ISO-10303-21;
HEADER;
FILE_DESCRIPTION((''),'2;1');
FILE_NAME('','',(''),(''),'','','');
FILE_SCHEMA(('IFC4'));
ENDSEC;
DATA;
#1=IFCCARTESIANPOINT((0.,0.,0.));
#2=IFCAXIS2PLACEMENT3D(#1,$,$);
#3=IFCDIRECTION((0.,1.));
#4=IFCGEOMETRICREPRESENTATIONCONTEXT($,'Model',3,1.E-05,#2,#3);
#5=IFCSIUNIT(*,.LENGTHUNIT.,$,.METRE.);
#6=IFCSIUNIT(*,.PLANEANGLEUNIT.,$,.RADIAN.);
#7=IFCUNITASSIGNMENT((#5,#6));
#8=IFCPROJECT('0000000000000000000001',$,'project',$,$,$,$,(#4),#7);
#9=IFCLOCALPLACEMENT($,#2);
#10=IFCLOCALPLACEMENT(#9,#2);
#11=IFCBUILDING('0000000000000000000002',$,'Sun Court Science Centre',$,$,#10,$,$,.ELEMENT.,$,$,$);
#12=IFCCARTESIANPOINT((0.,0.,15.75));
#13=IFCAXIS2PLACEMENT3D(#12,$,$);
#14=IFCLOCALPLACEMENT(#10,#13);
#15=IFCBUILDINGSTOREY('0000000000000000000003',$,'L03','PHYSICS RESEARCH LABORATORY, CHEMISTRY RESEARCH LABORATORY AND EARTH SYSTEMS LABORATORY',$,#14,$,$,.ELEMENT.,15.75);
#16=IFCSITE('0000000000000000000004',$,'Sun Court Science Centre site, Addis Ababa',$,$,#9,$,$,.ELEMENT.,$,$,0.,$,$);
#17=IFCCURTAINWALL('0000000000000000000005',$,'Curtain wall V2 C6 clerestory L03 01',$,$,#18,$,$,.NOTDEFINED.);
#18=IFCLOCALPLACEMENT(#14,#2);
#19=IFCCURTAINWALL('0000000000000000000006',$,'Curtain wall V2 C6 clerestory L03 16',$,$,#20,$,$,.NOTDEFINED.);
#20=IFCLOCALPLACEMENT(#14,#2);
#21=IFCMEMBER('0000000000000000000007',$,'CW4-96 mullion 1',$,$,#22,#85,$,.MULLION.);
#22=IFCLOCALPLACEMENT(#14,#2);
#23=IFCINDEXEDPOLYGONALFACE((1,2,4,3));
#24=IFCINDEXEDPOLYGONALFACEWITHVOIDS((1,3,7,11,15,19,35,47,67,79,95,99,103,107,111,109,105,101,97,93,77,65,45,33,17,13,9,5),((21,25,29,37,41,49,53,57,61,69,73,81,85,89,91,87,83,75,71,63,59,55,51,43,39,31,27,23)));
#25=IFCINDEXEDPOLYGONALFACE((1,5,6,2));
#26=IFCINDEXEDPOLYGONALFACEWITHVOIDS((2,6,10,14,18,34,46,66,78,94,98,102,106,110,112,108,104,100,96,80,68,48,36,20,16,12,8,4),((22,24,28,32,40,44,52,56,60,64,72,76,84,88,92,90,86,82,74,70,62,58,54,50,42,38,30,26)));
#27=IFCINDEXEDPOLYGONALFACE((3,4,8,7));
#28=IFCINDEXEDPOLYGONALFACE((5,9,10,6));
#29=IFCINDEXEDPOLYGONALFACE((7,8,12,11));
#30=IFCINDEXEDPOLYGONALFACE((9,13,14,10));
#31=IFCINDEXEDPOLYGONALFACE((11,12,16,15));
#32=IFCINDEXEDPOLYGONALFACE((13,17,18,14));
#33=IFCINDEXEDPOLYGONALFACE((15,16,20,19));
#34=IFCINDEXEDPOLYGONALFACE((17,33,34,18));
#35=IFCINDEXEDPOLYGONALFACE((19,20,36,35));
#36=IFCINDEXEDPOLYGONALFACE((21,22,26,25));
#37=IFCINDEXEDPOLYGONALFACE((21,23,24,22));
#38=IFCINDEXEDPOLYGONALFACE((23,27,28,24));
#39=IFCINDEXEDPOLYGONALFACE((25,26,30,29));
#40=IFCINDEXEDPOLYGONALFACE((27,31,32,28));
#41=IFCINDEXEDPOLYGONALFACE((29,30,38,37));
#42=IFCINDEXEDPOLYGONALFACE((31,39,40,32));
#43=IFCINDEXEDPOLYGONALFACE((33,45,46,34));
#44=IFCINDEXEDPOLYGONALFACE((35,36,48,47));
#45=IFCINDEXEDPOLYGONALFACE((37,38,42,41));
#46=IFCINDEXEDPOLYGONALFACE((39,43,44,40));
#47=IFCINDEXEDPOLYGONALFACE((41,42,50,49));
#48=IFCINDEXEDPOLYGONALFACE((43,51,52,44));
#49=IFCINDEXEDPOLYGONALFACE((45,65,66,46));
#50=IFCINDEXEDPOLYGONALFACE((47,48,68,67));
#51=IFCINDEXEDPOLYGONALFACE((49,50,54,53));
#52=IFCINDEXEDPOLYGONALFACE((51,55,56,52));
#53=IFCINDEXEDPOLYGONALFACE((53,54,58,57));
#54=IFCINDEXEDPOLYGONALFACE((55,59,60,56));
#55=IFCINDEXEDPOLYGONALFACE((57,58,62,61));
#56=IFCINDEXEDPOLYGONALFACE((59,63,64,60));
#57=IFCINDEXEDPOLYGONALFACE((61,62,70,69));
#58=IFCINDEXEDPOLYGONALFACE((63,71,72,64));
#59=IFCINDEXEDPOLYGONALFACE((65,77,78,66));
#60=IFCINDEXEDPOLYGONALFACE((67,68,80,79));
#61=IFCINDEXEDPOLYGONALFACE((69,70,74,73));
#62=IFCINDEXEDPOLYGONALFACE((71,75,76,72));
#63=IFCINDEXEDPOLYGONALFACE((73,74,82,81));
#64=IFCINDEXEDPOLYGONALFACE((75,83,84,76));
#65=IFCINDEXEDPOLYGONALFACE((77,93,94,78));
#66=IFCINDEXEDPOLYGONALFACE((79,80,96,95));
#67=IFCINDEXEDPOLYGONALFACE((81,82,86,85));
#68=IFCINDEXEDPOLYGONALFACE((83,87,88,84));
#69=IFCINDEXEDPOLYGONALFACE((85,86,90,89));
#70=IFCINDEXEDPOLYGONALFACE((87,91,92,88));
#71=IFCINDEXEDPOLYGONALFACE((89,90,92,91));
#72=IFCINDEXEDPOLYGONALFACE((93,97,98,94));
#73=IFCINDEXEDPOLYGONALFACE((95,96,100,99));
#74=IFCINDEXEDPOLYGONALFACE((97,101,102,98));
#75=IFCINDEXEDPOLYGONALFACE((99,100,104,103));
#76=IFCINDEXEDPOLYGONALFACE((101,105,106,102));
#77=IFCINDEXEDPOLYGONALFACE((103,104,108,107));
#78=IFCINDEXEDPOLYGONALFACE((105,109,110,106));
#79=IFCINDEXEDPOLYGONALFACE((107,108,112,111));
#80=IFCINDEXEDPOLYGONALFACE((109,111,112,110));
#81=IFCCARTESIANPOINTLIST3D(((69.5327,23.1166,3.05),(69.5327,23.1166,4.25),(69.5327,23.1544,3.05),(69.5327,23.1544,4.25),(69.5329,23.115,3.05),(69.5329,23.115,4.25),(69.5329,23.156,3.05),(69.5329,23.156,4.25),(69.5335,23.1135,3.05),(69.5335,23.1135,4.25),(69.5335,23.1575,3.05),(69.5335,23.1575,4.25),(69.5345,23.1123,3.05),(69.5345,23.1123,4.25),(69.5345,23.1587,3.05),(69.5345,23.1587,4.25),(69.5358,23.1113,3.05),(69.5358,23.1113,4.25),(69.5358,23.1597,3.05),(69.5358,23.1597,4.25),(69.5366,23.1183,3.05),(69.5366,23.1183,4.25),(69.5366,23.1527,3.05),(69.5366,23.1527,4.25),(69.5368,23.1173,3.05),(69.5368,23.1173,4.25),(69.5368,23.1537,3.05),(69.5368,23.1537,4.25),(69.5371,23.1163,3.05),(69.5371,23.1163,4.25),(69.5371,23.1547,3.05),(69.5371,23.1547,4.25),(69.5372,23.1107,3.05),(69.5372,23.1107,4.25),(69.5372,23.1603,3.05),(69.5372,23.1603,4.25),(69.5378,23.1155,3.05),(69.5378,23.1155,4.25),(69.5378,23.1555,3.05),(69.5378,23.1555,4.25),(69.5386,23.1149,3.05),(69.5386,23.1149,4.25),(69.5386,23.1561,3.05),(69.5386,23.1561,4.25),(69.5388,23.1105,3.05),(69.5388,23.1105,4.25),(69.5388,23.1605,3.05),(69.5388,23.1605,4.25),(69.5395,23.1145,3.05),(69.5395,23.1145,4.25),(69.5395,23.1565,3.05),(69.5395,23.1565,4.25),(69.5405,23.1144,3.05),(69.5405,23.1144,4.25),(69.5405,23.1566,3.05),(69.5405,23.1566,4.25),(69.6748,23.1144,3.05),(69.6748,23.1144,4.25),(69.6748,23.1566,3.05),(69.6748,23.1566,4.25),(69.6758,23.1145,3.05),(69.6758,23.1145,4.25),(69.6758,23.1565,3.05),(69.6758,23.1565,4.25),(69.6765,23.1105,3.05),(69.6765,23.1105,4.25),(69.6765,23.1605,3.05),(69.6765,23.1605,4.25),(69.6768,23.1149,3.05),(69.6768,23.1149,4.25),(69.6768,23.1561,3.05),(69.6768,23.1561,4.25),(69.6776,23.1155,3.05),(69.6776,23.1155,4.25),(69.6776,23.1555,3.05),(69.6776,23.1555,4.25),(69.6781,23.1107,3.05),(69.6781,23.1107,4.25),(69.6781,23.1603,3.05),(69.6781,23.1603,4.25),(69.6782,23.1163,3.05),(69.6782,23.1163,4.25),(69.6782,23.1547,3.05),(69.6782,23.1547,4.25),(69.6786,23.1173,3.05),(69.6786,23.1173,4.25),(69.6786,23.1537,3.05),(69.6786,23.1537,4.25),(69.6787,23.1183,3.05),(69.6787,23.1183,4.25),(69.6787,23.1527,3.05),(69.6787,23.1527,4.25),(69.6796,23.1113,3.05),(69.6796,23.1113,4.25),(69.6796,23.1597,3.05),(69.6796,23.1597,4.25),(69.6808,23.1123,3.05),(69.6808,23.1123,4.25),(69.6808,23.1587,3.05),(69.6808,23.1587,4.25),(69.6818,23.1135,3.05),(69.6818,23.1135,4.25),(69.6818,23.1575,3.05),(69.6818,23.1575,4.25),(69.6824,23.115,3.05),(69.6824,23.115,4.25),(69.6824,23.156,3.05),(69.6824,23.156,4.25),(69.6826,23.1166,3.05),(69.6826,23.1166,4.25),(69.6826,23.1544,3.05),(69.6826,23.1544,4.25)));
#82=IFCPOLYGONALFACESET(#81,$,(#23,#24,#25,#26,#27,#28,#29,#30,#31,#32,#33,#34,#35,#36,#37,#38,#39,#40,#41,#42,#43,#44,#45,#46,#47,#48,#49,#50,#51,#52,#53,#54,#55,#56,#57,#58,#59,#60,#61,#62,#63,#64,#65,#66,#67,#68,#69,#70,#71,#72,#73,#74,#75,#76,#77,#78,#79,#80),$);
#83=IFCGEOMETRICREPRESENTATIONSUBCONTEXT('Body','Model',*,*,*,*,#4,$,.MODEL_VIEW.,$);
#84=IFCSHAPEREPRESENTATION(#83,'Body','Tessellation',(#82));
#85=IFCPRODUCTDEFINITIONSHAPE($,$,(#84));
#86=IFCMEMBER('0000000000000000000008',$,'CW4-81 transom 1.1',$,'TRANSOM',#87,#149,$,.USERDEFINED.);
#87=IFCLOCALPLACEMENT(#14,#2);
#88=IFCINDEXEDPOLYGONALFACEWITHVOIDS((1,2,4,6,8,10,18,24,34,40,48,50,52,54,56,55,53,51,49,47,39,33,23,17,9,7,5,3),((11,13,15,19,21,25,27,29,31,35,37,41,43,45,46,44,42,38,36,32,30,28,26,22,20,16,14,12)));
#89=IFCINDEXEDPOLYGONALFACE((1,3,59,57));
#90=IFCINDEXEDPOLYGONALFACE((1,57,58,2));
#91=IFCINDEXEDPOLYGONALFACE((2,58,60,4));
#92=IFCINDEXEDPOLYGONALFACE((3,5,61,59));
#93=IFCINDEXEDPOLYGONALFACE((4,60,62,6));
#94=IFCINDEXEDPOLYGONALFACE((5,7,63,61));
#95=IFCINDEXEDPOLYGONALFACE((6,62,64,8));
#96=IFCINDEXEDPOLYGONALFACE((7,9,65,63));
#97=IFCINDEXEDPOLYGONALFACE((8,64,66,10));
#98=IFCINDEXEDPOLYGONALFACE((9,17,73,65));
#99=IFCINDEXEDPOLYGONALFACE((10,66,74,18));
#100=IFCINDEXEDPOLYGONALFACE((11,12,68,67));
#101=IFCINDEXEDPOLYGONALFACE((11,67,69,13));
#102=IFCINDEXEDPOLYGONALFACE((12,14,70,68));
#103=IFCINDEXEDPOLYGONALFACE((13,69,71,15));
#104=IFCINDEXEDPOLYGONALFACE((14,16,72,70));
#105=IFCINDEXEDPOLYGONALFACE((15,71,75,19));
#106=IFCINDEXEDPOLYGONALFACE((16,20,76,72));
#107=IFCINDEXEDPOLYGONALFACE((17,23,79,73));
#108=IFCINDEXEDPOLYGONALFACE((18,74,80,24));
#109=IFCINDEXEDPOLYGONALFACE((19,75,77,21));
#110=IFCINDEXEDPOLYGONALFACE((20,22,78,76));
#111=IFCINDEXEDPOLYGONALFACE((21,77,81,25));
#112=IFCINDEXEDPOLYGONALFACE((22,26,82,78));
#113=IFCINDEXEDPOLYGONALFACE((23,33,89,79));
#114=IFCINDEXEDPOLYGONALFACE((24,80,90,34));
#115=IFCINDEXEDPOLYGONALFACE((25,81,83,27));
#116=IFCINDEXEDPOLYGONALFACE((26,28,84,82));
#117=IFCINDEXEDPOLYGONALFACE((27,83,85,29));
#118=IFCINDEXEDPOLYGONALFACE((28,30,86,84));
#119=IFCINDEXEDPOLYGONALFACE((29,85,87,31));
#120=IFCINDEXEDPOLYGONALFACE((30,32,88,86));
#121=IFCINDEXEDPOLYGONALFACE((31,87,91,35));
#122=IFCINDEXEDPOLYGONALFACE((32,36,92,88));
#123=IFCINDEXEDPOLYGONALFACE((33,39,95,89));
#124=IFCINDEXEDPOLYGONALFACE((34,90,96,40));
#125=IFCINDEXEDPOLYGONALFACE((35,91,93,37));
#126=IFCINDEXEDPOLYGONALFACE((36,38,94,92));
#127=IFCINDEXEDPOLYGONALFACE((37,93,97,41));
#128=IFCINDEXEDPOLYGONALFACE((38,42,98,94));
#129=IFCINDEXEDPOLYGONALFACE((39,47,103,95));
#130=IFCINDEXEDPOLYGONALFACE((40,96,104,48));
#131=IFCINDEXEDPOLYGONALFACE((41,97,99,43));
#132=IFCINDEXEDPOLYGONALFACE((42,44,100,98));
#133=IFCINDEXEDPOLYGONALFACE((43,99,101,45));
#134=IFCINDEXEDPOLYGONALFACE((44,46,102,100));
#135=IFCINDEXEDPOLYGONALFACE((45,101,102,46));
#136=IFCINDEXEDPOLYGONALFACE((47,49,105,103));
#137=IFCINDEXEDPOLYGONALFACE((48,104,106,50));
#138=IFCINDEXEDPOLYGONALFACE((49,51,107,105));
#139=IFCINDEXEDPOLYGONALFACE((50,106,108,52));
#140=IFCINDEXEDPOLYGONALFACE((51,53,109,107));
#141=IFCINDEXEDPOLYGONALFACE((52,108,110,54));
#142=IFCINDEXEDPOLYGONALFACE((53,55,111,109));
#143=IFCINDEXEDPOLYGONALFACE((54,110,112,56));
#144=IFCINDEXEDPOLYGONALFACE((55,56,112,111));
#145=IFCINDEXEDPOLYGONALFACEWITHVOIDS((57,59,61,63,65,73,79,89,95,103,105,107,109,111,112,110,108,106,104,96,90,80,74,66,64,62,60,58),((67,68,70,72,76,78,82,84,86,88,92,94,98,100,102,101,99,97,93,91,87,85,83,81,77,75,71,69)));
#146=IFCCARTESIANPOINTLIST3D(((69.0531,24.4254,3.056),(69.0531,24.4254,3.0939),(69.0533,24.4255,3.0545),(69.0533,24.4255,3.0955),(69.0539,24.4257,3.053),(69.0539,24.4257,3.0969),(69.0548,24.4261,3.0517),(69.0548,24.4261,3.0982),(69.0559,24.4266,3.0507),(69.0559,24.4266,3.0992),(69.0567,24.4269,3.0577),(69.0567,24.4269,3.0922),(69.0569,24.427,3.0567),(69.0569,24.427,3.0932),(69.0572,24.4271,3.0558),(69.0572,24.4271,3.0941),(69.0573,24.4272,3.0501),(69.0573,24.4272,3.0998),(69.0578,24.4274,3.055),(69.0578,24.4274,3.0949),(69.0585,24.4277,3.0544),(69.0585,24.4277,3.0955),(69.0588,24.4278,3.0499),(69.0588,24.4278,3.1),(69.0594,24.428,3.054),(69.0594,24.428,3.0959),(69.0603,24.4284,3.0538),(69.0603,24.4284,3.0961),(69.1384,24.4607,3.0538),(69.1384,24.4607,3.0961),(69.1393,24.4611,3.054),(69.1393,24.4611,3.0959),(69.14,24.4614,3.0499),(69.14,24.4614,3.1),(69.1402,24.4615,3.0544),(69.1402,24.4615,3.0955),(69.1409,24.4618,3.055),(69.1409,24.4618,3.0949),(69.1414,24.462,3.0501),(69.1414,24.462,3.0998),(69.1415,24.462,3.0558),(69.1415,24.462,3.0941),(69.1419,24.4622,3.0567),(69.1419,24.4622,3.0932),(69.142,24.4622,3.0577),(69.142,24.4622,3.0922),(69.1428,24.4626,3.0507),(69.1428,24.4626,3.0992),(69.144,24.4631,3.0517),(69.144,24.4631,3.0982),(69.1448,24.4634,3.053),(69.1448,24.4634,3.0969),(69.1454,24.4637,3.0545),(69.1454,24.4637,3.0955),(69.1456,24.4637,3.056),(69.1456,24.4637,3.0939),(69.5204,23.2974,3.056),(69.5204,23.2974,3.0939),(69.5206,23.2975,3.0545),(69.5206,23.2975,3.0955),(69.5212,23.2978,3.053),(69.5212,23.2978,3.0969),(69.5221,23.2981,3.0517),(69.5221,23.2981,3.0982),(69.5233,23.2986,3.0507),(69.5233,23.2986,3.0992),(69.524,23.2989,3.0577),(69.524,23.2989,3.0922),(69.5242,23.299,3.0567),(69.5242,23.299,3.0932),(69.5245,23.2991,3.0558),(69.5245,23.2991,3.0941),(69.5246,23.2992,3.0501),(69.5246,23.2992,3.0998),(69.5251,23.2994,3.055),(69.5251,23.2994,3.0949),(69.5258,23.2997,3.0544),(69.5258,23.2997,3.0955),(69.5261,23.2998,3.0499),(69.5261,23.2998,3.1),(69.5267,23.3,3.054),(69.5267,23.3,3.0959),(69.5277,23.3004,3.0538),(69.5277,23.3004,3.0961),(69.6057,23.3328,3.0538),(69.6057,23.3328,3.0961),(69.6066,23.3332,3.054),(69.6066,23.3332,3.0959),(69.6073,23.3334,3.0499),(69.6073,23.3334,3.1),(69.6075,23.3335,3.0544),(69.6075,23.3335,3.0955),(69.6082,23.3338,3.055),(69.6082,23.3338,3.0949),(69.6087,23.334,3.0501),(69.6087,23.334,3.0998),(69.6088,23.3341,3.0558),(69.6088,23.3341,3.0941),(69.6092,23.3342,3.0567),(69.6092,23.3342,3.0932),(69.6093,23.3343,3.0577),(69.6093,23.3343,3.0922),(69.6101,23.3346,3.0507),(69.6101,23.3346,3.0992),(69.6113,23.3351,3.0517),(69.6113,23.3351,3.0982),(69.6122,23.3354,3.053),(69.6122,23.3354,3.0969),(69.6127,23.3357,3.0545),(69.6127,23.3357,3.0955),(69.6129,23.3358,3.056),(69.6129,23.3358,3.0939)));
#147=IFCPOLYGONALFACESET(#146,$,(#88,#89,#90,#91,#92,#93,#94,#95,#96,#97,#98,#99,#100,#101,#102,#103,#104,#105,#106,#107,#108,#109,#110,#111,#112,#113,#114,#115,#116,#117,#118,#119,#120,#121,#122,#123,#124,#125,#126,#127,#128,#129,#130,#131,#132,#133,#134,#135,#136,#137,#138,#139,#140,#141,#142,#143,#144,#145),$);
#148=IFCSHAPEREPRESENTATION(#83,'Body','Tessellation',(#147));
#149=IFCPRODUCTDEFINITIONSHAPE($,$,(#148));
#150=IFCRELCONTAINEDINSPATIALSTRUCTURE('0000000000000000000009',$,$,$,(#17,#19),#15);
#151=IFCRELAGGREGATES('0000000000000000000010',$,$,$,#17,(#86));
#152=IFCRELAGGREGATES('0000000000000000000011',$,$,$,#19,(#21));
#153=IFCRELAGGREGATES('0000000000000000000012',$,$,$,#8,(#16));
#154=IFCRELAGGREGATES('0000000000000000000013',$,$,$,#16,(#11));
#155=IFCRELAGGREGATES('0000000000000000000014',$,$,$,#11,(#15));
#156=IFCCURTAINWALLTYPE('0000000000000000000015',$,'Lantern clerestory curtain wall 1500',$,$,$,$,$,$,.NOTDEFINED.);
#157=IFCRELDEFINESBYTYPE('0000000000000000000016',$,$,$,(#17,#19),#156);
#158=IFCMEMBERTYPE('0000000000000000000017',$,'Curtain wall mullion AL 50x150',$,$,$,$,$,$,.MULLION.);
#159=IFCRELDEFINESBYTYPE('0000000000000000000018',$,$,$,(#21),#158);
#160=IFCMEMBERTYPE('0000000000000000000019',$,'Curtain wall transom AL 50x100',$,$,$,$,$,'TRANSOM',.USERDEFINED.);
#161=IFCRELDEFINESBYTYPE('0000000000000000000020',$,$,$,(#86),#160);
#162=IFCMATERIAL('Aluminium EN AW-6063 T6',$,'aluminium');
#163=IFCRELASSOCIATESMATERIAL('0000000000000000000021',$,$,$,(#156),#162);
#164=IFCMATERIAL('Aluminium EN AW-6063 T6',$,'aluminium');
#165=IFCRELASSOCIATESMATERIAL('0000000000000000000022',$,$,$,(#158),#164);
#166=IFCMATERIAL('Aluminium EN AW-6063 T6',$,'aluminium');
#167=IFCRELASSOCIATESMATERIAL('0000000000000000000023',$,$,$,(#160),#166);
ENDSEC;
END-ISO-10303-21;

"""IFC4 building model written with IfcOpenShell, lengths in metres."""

from ifc_helpers import new_model, si_unit, direction, frame, origin, origin_2d, place, context, subcontext, project, spatial, hollow_rectangle, extrude, material, material_profile, profile_set, type_object, element, aggregate, save


model = new_model("IFC4")

# Units and contexts
model_context = context("Model", 3, precision=1e-05, world=origin(), true_north=direction((0.0, 1.0)))
body_context = subcontext(model_context, "Body", "Model", "MODEL_VIEW")
ifc_project = project(units=[si_unit("LENGTHUNIT", "METRE"), si_unit("PLANEANGLEUNIT", "RADIAN")], contexts=[model_context])

# Site, building, storey
site_placement = place(None, origin())
site = spatial("IfcSite", under=ifc_project, at=site_placement, Name="Sun Court Science Centre site, Addis Ababa", CompositionType="ELEMENT", RefElevation=0.0)
building_placement = place(site_placement, origin())
building = spatial("IfcBuilding", under=site, at=building_placement, Name="Sun Court Science Centre", CompositionType="ELEMENT")
storey_placement = place(building_placement, frame((0.0, 0.0, 15.75)))
storey = spatial("IfcBuildingStorey", under=building, at=storey_placement, Name="L03", Description="PHYSICS RESEARCH LABORATORY, CHEMISTRY RESEARCH LABORATORY AND EARTH SYSTEMS LABORATORY", CompositionType="ELEMENT", Elevation=15.75)

# Curtain wall
ifc_material_1 = material(Name="Aluminium EN AW-6063 T6", Category="aluminium")
curtain_wall_type = type_object("IfcCurtainWallType", Name="Lantern clerestory curtain wall 1500", PredefinedType="NOTDEFINED", material=ifc_material_1)
curtain_wall_1_placement = place(storey_placement, origin())
curtain_wall_1 = element("IfcCurtainWall", 1, at=curtain_wall_1_placement, inside=storey, type_object=curtain_wall_type, Name="Curtain wall V2 C6 clerestory L03 01", PredefinedType="NOTDEFINED")
ifc_material_2 = material(Name="Aluminium EN AW-6063 T6", Category="aluminium")
ifc_material_profile_1 = material_profile(ifc_material_2, hollow_rectangle(XDim=0.05, YDim=0.1499, WallThickness=0.0039, InnerFilletRadius=0.0039, OuterFilletRadius=0.0061, at=origin_2d()), Name="AL 50x150x4")
ifc_profile_set_1 = profile_set([ifc_material_profile_1], Name="Aluminium EN AW-6063 T6")
member_type_1 = type_object("IfcMemberType", Name="Curtain wall mullion AL 50x150", PredefinedType="MULLION", material=ifc_profile_set_1)

# Curtain wall, member
curtain_wall_2_placement = place(storey_placement, origin())
curtain_wall_2 = element("IfcCurtainWall", 2, at=curtain_wall_2_placement, inside=storey, type_object=curtain_wall_type, Name="Curtain wall V2 C6 clerestory L03 16", PredefinedType="NOTDEFINED")
member_1_placement = place(storey_placement, frame((69.6077, 23.1355, 3.05), z_axis=(0.0, 0.0, 1.0), x_axis=(0.0, -1.0, 0.0)))
member_1 = element("IfcMember", 3, at=member_1_placement, type_object=member_type_1, Name="CW4-96 mullion 1", PredefinedType="MULLION", context=body_context, shape_type="SweptSolid", body=[
    extrude(hollow_rectangle(XDim=0.05, YDim=0.1499, WallThickness=0.0039, InnerFilletRadius=0.0039, OuterFilletRadius=0.0061, at=origin_2d()), origin(), (0.0, 0.0, 1.0), 1.2),
])

# Member
ifc_material_3 = material(Name="Aluminium EN AW-6063 T6", Category="aluminium")
ifc_material_profile_2 = material_profile(ifc_material_3, hollow_rectangle(XDim=0.05, YDim=0.1001, WallThickness=0.0039, InnerFilletRadius=0.0039, OuterFilletRadius=0.0061, at=origin_2d()), Name="AL 50x100x4")
ifc_profile_set_2 = profile_set([ifc_material_profile_2], Name="Aluminium EN AW-6063 T6")
member_type_2 = type_object("IfcMemberType", Name="Curtain wall transom AL 50x100", ElementType="TRANSOM", PredefinedType="USERDEFINED", material=ifc_profile_set_2)
member_2_placement = place(storey_placement, frame((69.0994, 24.4446, 3.075), z_axis=(0.38274, -0.923856, 0.0), x_axis=(0.0, 0.0, 1.0)))
member_2 = element("IfcMember", 4, at=member_2_placement, type_object=member_type_2, Name="CW4-81 transom 1.1", ObjectType="TRANSOM", PredefinedType="USERDEFINED", context=body_context, shape_type="SweptSolid", body=[
    extrude(hollow_rectangle(XDim=0.05, YDim=0.1001, WallThickness=0.0039, InnerFilletRadius=0.0039, OuterFilletRadius=0.0061, at=origin_2d()), origin(), (0.0, 0.0, 1.0), 1.2209),
])

aggregate(curtain_wall_1, [member_2])
aggregate(curtain_wall_2, [member_1])

save(model, "model.ifc")
